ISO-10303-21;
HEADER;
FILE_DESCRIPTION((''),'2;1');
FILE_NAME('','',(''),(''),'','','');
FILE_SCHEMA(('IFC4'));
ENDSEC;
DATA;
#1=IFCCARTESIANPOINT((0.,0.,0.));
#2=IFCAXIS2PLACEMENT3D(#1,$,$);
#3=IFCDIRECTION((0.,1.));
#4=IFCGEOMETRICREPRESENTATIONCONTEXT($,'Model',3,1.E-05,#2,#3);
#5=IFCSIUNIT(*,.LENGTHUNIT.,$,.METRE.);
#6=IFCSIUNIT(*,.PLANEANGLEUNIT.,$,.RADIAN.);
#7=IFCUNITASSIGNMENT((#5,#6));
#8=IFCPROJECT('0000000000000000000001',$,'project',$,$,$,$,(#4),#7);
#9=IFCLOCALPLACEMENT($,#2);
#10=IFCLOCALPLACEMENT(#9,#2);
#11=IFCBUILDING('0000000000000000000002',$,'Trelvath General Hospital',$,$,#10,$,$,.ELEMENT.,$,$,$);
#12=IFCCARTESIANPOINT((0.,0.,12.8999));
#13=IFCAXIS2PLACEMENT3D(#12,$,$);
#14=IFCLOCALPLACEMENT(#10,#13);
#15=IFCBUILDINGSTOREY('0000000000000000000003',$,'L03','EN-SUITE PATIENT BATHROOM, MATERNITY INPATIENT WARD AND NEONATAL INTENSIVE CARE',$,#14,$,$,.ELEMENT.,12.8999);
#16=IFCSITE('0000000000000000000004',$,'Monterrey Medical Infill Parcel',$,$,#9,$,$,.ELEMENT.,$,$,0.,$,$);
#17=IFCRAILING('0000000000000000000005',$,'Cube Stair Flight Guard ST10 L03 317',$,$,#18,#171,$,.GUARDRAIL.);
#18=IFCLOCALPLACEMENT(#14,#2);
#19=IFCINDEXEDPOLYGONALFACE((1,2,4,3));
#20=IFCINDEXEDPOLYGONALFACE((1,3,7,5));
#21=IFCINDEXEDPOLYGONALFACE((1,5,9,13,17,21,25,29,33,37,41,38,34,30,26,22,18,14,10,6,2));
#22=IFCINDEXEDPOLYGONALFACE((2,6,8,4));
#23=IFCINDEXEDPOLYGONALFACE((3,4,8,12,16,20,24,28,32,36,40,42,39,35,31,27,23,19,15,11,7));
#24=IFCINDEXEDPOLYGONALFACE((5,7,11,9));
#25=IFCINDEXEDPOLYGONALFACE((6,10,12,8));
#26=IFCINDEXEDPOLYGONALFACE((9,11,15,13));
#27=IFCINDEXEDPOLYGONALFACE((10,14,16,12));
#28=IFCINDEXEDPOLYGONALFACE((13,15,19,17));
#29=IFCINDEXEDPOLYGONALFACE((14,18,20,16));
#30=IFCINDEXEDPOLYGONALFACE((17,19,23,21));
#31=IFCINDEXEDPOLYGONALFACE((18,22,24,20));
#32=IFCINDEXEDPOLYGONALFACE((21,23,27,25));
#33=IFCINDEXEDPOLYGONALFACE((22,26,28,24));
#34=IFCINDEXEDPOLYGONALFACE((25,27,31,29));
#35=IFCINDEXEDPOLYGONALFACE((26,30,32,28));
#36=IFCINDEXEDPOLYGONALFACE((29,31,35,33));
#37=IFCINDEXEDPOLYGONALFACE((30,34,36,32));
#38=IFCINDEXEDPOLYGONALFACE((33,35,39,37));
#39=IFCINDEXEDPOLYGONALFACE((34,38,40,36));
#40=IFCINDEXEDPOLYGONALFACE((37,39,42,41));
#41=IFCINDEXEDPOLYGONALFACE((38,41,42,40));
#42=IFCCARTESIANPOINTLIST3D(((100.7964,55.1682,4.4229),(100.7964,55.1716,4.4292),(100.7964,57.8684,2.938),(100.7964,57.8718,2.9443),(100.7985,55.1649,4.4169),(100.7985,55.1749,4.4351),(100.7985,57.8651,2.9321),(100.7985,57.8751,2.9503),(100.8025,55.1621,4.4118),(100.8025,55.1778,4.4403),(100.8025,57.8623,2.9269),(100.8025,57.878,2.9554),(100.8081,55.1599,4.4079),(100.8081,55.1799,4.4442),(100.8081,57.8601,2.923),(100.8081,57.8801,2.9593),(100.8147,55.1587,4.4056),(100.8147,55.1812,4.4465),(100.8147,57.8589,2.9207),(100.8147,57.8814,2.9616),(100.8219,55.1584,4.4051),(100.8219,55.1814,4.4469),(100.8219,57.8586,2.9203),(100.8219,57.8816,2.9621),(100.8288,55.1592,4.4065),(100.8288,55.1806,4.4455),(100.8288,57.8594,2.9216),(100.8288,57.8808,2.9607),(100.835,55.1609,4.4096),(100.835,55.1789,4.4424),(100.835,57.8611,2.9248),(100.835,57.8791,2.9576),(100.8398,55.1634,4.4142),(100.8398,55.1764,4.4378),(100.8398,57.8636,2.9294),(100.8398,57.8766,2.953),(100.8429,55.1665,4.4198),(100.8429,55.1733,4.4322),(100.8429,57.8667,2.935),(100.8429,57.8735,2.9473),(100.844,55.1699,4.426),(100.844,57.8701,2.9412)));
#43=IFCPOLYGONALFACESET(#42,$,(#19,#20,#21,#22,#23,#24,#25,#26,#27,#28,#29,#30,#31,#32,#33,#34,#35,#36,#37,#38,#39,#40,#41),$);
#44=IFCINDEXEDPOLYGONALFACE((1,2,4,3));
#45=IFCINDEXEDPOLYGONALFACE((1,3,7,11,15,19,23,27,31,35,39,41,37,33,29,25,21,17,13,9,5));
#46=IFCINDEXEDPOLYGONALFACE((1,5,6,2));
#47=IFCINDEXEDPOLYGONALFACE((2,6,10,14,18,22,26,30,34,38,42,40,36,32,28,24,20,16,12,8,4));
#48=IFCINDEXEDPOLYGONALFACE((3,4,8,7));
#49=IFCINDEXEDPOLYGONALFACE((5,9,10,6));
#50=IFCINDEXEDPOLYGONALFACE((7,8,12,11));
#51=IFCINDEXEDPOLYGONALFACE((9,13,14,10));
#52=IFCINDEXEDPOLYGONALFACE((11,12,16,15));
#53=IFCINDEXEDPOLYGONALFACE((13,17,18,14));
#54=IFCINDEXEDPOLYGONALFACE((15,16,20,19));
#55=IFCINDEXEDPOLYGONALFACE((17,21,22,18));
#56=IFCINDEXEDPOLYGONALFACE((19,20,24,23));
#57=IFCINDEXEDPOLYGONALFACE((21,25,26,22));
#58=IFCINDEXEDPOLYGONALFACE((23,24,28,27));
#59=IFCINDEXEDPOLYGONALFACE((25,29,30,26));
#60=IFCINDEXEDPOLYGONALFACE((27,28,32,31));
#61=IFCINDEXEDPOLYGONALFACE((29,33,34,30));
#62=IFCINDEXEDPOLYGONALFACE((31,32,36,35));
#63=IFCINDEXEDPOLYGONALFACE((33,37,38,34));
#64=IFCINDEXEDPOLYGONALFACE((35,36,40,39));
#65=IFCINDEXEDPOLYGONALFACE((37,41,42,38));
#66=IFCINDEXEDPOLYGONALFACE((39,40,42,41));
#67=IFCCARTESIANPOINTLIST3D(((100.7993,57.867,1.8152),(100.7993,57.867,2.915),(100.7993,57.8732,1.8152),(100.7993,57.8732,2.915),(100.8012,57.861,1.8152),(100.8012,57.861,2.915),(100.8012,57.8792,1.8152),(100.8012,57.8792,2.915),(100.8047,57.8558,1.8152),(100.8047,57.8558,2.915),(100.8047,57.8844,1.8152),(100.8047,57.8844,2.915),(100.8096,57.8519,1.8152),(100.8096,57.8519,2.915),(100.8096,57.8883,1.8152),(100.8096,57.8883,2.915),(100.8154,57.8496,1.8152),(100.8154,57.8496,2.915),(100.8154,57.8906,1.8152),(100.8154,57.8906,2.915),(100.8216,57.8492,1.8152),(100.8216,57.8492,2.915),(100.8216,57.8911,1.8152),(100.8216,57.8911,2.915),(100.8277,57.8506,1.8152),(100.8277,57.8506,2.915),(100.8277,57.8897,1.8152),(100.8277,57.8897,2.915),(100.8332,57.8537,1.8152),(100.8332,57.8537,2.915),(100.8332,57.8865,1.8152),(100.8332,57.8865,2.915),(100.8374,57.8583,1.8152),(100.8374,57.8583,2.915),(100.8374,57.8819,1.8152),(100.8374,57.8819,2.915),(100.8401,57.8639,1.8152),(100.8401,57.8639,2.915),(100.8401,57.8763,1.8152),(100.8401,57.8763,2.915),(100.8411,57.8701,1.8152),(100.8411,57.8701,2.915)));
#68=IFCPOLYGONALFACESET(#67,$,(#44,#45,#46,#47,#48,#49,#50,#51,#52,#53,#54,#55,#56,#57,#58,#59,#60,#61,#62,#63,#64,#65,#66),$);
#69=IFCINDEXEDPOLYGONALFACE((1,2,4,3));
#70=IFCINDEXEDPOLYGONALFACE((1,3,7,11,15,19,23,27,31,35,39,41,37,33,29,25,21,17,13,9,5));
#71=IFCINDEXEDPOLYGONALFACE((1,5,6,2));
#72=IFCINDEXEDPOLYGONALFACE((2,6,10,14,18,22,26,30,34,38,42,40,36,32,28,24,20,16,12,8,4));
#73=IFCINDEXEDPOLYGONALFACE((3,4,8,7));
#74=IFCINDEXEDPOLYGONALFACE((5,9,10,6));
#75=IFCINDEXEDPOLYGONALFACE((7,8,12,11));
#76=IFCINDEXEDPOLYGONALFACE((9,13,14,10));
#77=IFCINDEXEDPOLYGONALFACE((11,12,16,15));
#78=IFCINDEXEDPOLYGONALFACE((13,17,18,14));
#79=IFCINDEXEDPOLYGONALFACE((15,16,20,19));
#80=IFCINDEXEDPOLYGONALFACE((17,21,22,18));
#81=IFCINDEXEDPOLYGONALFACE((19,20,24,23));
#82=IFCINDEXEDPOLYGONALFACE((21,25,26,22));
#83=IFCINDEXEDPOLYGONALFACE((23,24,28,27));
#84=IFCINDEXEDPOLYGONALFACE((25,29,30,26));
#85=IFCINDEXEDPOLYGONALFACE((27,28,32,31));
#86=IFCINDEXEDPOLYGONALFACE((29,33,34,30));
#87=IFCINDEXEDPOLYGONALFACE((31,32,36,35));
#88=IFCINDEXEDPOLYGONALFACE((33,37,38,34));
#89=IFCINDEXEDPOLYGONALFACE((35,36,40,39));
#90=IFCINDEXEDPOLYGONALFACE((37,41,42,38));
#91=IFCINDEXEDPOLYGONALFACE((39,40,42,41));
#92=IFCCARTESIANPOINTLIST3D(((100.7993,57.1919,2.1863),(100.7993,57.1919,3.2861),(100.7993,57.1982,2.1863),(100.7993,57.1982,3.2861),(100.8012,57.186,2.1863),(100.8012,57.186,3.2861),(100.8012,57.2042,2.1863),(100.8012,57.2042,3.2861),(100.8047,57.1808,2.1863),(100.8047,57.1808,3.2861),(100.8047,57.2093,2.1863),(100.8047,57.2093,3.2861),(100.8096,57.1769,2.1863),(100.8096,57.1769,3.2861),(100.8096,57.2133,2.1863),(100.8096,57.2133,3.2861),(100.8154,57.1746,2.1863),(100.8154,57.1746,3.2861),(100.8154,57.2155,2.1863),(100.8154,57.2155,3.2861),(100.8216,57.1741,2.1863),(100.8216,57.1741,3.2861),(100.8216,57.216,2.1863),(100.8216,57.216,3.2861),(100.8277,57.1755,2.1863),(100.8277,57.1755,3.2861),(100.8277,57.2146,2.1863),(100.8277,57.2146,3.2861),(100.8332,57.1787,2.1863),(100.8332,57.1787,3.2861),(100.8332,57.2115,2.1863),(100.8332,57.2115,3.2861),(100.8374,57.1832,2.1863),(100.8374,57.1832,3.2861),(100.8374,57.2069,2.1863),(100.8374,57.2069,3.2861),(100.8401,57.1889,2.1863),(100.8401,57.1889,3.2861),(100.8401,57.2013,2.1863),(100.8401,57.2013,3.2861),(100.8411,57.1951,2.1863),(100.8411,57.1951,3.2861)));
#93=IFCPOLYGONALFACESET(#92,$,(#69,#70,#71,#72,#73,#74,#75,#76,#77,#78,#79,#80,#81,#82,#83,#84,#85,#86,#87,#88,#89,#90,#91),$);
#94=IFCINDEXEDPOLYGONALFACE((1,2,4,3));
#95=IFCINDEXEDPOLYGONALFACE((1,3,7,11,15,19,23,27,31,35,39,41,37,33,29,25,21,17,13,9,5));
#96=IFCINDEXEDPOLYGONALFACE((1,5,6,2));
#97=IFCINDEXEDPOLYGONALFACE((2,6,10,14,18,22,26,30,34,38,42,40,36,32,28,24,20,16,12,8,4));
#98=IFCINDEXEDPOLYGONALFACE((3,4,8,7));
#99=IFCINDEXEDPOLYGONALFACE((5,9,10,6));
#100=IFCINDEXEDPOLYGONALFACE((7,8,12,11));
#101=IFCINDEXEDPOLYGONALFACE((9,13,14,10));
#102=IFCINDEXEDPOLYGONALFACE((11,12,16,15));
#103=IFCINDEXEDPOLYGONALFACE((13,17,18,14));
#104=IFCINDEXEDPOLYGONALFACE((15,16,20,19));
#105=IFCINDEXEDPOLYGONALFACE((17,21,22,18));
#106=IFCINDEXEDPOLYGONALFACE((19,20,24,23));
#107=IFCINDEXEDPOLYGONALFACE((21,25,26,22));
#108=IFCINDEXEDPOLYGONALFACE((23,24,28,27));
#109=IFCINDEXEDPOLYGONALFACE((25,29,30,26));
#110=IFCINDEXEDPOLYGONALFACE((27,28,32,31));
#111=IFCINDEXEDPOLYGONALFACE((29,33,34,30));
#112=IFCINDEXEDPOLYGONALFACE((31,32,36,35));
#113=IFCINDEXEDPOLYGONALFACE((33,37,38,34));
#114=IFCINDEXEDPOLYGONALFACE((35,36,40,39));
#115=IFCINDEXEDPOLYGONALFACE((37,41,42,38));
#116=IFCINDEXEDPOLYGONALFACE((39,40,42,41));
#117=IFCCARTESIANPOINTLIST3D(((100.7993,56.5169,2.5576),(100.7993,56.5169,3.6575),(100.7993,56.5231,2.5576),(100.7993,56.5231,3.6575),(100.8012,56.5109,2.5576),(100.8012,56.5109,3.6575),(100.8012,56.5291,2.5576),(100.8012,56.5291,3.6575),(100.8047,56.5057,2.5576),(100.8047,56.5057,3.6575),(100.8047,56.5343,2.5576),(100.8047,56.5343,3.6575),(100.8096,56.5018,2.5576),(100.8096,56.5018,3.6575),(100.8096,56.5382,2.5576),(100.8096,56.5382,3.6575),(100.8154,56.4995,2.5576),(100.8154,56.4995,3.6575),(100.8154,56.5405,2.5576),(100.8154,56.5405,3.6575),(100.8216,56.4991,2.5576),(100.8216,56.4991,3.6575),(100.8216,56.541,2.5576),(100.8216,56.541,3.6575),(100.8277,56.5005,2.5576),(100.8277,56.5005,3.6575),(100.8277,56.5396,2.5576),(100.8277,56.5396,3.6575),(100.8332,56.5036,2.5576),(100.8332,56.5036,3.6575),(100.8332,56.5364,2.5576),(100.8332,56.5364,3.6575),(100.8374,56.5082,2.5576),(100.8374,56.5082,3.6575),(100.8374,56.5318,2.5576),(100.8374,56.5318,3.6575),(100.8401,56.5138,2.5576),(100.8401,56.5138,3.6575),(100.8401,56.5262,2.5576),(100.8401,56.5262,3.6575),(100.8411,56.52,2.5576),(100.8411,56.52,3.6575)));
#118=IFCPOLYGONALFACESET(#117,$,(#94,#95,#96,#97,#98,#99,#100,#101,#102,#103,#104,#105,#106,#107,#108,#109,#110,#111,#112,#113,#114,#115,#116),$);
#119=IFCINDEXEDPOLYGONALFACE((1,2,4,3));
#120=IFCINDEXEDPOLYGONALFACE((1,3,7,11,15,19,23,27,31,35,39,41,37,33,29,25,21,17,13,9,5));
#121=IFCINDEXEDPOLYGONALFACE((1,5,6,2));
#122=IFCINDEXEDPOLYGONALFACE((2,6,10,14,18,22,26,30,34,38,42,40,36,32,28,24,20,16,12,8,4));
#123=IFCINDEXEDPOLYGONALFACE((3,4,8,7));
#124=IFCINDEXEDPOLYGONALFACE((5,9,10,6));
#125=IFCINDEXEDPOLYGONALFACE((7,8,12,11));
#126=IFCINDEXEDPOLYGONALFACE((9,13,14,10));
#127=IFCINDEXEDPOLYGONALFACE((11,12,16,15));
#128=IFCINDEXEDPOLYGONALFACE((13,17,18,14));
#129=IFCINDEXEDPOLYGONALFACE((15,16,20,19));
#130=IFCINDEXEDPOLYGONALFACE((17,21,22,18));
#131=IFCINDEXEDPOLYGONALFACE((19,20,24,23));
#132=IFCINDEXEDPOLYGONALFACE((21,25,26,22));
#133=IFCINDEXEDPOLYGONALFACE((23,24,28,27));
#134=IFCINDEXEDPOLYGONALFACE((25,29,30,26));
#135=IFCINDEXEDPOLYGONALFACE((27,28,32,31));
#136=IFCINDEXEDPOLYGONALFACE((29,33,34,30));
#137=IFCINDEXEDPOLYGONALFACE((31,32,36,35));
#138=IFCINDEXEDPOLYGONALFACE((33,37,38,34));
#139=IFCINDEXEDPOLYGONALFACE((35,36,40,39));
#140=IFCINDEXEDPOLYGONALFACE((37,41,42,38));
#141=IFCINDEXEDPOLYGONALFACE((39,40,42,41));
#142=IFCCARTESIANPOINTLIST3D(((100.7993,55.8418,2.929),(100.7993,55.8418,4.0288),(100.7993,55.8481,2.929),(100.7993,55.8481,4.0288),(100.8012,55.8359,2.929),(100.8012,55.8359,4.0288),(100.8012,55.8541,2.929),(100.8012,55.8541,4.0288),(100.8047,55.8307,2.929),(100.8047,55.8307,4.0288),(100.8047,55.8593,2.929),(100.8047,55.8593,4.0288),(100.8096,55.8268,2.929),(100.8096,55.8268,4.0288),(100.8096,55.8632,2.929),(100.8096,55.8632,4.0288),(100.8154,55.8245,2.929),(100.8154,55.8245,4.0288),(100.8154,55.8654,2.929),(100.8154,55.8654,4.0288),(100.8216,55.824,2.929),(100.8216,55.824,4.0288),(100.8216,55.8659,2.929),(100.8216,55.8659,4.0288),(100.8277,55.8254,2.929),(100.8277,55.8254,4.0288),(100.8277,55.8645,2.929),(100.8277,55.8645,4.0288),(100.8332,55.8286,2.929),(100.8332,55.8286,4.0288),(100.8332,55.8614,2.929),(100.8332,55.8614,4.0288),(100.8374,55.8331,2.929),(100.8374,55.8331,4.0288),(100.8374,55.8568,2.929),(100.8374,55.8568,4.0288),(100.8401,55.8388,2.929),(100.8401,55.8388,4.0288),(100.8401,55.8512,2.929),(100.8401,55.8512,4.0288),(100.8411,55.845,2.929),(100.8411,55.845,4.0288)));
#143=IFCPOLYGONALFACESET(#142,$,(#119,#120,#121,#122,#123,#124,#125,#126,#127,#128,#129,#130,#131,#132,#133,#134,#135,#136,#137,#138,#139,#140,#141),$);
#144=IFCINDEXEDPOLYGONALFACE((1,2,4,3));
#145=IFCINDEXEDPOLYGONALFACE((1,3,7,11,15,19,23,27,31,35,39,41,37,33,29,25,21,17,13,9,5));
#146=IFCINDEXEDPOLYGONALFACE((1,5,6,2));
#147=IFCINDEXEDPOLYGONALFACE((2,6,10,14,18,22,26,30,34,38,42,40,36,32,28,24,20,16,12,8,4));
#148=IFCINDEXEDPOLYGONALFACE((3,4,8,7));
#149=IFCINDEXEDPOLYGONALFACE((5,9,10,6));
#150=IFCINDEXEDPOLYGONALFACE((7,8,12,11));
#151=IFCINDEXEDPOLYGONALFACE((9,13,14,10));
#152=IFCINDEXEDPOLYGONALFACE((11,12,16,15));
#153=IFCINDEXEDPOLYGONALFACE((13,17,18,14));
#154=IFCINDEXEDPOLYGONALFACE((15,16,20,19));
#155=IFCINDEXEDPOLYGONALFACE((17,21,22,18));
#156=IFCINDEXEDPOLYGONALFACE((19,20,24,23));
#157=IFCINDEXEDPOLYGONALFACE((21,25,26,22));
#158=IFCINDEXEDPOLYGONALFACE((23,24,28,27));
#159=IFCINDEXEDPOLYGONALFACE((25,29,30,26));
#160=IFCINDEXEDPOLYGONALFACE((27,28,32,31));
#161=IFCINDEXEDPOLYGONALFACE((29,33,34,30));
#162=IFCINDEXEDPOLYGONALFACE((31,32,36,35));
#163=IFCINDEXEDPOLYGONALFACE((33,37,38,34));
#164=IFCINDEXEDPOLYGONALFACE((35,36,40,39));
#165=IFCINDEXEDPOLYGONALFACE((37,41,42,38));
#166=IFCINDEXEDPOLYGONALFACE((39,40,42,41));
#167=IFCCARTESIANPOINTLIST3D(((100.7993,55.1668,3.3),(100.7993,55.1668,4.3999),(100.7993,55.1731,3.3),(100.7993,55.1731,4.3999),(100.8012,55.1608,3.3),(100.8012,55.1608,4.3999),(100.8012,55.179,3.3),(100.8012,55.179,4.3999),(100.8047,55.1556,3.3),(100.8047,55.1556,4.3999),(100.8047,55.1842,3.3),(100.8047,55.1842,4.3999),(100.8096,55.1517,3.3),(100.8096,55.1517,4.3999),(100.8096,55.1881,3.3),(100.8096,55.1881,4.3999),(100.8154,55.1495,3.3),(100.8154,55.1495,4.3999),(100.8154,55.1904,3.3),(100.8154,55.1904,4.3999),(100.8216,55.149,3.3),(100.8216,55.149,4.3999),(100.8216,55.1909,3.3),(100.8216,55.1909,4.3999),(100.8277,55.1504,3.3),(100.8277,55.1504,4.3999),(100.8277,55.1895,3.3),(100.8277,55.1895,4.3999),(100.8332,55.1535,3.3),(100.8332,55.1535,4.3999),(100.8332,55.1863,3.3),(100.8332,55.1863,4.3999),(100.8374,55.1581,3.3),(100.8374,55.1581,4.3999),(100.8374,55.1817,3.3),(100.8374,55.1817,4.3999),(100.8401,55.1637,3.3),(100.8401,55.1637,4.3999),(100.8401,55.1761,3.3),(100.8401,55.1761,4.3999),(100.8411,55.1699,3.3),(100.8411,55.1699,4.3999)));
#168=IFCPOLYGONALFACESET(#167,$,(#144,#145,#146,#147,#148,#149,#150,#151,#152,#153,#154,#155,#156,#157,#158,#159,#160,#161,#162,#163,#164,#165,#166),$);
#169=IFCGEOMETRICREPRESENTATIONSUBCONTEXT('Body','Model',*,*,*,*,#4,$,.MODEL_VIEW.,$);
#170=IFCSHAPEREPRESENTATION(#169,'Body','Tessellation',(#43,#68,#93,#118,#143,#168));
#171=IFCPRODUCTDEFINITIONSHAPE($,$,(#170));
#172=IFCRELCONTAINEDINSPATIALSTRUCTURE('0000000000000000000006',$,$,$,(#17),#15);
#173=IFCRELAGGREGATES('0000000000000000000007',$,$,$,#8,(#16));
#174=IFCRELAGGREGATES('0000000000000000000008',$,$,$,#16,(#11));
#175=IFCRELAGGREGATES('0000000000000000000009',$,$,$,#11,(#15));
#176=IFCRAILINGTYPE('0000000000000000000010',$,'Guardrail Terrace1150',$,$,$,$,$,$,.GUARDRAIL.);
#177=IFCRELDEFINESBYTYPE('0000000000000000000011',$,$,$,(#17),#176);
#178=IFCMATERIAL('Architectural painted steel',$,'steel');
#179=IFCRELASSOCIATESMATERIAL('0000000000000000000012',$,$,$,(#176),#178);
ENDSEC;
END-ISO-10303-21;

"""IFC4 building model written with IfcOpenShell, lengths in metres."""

from ifc_helpers import new_model, si_unit, direction, frame, origin, origin_2d, place, context, subcontext, project, spatial, circle, extrude, material, type_object, element, save


model = new_model("IFC4")

# Units and contexts
model_context = context("Model", 3, precision=1e-05, world=origin(), true_north=direction((0.0, 1.0)))
body_context = subcontext(model_context, "Body", "Model", "MODEL_VIEW")
ifc_project = project(units=[si_unit("LENGTHUNIT", "METRE"), si_unit("PLANEANGLEUNIT", "RADIAN")], contexts=[model_context])

# Site, building, storey
site_placement = place(None, origin())
site = spatial("IfcSite", under=ifc_project, at=site_placement, Name="Monterrey Medical Infill Parcel", CompositionType="ELEMENT", RefElevation=0.0)
building_placement = place(site_placement, origin())
building = spatial("IfcBuilding", under=site, at=building_placement, Name="Trelvath General Hospital", CompositionType="ELEMENT")
storey_placement = place(building_placement, frame((0.0, 0.0, 12.8999)))
storey = spatial("IfcBuildingStorey", under=building, at=storey_placement, Name="L03", Description="EN-SUITE PATIENT BATHROOM, MATERNITY INPATIENT WARD AND NEONATAL INTENSIVE CARE", CompositionType="ELEMENT", Elevation=12.8999)

# Railing
ifc_material_1 = material(Name="Architectural painted steel", Category="steel")
railing_type = type_object("IfcRailingType", Name="Guardrail Terrace1150", PredefinedType="GUARDRAIL", material=ifc_material_1)
for number, where, name in (
    (1, (100.8201, 57.8701, 1.8152), "Cube Stair Flight Guard ST10 L03 317"),
):
    element("IfcRailing", number, at=place(storey_placement, frame(where)), inside=storey, type_object=railing_type, Name=name, PredefinedType="GUARDRAIL", context=body_context, shape_type="SweptSolid", body=[
        extrude(circle(Radius=0.0239, at=origin_2d()), frame((0.0, 0.0, 1.126), z_axis=(0.0, -0.876249, 0.481858), x_axis=(1.0, 0.0, 0.0)), (0.0, 0.0, 1.0), 3.0815),
        extrude(circle(Radius=0.021, at=origin_2d()), origin(), (0.0, 0.0, 1.0), 1.0999),
        extrude(circle(Radius=0.021, at=origin_2d()), frame((0.0, -0.675, 0.3711)), (0.0, 0.0, 1.0), 1.0999),
        extrude(circle(Radius=0.021, at=origin_2d()), frame((0.0, -1.3501, 0.7424)), (0.0, 0.0, 1.0), 1.0999),
        extrude(circle(Radius=0.021, at=origin_2d()), frame((0.0, -2.0251, 1.1138)), (0.0, 0.0, 1.0), 1.0999),
        extrude(circle(Radius=0.021, at=origin_2d()), frame((0.0, -2.7002, 1.4849)), (0.0, 0.0, 1.0), 1.0999),
    ])

save(model, "model.ifc")
